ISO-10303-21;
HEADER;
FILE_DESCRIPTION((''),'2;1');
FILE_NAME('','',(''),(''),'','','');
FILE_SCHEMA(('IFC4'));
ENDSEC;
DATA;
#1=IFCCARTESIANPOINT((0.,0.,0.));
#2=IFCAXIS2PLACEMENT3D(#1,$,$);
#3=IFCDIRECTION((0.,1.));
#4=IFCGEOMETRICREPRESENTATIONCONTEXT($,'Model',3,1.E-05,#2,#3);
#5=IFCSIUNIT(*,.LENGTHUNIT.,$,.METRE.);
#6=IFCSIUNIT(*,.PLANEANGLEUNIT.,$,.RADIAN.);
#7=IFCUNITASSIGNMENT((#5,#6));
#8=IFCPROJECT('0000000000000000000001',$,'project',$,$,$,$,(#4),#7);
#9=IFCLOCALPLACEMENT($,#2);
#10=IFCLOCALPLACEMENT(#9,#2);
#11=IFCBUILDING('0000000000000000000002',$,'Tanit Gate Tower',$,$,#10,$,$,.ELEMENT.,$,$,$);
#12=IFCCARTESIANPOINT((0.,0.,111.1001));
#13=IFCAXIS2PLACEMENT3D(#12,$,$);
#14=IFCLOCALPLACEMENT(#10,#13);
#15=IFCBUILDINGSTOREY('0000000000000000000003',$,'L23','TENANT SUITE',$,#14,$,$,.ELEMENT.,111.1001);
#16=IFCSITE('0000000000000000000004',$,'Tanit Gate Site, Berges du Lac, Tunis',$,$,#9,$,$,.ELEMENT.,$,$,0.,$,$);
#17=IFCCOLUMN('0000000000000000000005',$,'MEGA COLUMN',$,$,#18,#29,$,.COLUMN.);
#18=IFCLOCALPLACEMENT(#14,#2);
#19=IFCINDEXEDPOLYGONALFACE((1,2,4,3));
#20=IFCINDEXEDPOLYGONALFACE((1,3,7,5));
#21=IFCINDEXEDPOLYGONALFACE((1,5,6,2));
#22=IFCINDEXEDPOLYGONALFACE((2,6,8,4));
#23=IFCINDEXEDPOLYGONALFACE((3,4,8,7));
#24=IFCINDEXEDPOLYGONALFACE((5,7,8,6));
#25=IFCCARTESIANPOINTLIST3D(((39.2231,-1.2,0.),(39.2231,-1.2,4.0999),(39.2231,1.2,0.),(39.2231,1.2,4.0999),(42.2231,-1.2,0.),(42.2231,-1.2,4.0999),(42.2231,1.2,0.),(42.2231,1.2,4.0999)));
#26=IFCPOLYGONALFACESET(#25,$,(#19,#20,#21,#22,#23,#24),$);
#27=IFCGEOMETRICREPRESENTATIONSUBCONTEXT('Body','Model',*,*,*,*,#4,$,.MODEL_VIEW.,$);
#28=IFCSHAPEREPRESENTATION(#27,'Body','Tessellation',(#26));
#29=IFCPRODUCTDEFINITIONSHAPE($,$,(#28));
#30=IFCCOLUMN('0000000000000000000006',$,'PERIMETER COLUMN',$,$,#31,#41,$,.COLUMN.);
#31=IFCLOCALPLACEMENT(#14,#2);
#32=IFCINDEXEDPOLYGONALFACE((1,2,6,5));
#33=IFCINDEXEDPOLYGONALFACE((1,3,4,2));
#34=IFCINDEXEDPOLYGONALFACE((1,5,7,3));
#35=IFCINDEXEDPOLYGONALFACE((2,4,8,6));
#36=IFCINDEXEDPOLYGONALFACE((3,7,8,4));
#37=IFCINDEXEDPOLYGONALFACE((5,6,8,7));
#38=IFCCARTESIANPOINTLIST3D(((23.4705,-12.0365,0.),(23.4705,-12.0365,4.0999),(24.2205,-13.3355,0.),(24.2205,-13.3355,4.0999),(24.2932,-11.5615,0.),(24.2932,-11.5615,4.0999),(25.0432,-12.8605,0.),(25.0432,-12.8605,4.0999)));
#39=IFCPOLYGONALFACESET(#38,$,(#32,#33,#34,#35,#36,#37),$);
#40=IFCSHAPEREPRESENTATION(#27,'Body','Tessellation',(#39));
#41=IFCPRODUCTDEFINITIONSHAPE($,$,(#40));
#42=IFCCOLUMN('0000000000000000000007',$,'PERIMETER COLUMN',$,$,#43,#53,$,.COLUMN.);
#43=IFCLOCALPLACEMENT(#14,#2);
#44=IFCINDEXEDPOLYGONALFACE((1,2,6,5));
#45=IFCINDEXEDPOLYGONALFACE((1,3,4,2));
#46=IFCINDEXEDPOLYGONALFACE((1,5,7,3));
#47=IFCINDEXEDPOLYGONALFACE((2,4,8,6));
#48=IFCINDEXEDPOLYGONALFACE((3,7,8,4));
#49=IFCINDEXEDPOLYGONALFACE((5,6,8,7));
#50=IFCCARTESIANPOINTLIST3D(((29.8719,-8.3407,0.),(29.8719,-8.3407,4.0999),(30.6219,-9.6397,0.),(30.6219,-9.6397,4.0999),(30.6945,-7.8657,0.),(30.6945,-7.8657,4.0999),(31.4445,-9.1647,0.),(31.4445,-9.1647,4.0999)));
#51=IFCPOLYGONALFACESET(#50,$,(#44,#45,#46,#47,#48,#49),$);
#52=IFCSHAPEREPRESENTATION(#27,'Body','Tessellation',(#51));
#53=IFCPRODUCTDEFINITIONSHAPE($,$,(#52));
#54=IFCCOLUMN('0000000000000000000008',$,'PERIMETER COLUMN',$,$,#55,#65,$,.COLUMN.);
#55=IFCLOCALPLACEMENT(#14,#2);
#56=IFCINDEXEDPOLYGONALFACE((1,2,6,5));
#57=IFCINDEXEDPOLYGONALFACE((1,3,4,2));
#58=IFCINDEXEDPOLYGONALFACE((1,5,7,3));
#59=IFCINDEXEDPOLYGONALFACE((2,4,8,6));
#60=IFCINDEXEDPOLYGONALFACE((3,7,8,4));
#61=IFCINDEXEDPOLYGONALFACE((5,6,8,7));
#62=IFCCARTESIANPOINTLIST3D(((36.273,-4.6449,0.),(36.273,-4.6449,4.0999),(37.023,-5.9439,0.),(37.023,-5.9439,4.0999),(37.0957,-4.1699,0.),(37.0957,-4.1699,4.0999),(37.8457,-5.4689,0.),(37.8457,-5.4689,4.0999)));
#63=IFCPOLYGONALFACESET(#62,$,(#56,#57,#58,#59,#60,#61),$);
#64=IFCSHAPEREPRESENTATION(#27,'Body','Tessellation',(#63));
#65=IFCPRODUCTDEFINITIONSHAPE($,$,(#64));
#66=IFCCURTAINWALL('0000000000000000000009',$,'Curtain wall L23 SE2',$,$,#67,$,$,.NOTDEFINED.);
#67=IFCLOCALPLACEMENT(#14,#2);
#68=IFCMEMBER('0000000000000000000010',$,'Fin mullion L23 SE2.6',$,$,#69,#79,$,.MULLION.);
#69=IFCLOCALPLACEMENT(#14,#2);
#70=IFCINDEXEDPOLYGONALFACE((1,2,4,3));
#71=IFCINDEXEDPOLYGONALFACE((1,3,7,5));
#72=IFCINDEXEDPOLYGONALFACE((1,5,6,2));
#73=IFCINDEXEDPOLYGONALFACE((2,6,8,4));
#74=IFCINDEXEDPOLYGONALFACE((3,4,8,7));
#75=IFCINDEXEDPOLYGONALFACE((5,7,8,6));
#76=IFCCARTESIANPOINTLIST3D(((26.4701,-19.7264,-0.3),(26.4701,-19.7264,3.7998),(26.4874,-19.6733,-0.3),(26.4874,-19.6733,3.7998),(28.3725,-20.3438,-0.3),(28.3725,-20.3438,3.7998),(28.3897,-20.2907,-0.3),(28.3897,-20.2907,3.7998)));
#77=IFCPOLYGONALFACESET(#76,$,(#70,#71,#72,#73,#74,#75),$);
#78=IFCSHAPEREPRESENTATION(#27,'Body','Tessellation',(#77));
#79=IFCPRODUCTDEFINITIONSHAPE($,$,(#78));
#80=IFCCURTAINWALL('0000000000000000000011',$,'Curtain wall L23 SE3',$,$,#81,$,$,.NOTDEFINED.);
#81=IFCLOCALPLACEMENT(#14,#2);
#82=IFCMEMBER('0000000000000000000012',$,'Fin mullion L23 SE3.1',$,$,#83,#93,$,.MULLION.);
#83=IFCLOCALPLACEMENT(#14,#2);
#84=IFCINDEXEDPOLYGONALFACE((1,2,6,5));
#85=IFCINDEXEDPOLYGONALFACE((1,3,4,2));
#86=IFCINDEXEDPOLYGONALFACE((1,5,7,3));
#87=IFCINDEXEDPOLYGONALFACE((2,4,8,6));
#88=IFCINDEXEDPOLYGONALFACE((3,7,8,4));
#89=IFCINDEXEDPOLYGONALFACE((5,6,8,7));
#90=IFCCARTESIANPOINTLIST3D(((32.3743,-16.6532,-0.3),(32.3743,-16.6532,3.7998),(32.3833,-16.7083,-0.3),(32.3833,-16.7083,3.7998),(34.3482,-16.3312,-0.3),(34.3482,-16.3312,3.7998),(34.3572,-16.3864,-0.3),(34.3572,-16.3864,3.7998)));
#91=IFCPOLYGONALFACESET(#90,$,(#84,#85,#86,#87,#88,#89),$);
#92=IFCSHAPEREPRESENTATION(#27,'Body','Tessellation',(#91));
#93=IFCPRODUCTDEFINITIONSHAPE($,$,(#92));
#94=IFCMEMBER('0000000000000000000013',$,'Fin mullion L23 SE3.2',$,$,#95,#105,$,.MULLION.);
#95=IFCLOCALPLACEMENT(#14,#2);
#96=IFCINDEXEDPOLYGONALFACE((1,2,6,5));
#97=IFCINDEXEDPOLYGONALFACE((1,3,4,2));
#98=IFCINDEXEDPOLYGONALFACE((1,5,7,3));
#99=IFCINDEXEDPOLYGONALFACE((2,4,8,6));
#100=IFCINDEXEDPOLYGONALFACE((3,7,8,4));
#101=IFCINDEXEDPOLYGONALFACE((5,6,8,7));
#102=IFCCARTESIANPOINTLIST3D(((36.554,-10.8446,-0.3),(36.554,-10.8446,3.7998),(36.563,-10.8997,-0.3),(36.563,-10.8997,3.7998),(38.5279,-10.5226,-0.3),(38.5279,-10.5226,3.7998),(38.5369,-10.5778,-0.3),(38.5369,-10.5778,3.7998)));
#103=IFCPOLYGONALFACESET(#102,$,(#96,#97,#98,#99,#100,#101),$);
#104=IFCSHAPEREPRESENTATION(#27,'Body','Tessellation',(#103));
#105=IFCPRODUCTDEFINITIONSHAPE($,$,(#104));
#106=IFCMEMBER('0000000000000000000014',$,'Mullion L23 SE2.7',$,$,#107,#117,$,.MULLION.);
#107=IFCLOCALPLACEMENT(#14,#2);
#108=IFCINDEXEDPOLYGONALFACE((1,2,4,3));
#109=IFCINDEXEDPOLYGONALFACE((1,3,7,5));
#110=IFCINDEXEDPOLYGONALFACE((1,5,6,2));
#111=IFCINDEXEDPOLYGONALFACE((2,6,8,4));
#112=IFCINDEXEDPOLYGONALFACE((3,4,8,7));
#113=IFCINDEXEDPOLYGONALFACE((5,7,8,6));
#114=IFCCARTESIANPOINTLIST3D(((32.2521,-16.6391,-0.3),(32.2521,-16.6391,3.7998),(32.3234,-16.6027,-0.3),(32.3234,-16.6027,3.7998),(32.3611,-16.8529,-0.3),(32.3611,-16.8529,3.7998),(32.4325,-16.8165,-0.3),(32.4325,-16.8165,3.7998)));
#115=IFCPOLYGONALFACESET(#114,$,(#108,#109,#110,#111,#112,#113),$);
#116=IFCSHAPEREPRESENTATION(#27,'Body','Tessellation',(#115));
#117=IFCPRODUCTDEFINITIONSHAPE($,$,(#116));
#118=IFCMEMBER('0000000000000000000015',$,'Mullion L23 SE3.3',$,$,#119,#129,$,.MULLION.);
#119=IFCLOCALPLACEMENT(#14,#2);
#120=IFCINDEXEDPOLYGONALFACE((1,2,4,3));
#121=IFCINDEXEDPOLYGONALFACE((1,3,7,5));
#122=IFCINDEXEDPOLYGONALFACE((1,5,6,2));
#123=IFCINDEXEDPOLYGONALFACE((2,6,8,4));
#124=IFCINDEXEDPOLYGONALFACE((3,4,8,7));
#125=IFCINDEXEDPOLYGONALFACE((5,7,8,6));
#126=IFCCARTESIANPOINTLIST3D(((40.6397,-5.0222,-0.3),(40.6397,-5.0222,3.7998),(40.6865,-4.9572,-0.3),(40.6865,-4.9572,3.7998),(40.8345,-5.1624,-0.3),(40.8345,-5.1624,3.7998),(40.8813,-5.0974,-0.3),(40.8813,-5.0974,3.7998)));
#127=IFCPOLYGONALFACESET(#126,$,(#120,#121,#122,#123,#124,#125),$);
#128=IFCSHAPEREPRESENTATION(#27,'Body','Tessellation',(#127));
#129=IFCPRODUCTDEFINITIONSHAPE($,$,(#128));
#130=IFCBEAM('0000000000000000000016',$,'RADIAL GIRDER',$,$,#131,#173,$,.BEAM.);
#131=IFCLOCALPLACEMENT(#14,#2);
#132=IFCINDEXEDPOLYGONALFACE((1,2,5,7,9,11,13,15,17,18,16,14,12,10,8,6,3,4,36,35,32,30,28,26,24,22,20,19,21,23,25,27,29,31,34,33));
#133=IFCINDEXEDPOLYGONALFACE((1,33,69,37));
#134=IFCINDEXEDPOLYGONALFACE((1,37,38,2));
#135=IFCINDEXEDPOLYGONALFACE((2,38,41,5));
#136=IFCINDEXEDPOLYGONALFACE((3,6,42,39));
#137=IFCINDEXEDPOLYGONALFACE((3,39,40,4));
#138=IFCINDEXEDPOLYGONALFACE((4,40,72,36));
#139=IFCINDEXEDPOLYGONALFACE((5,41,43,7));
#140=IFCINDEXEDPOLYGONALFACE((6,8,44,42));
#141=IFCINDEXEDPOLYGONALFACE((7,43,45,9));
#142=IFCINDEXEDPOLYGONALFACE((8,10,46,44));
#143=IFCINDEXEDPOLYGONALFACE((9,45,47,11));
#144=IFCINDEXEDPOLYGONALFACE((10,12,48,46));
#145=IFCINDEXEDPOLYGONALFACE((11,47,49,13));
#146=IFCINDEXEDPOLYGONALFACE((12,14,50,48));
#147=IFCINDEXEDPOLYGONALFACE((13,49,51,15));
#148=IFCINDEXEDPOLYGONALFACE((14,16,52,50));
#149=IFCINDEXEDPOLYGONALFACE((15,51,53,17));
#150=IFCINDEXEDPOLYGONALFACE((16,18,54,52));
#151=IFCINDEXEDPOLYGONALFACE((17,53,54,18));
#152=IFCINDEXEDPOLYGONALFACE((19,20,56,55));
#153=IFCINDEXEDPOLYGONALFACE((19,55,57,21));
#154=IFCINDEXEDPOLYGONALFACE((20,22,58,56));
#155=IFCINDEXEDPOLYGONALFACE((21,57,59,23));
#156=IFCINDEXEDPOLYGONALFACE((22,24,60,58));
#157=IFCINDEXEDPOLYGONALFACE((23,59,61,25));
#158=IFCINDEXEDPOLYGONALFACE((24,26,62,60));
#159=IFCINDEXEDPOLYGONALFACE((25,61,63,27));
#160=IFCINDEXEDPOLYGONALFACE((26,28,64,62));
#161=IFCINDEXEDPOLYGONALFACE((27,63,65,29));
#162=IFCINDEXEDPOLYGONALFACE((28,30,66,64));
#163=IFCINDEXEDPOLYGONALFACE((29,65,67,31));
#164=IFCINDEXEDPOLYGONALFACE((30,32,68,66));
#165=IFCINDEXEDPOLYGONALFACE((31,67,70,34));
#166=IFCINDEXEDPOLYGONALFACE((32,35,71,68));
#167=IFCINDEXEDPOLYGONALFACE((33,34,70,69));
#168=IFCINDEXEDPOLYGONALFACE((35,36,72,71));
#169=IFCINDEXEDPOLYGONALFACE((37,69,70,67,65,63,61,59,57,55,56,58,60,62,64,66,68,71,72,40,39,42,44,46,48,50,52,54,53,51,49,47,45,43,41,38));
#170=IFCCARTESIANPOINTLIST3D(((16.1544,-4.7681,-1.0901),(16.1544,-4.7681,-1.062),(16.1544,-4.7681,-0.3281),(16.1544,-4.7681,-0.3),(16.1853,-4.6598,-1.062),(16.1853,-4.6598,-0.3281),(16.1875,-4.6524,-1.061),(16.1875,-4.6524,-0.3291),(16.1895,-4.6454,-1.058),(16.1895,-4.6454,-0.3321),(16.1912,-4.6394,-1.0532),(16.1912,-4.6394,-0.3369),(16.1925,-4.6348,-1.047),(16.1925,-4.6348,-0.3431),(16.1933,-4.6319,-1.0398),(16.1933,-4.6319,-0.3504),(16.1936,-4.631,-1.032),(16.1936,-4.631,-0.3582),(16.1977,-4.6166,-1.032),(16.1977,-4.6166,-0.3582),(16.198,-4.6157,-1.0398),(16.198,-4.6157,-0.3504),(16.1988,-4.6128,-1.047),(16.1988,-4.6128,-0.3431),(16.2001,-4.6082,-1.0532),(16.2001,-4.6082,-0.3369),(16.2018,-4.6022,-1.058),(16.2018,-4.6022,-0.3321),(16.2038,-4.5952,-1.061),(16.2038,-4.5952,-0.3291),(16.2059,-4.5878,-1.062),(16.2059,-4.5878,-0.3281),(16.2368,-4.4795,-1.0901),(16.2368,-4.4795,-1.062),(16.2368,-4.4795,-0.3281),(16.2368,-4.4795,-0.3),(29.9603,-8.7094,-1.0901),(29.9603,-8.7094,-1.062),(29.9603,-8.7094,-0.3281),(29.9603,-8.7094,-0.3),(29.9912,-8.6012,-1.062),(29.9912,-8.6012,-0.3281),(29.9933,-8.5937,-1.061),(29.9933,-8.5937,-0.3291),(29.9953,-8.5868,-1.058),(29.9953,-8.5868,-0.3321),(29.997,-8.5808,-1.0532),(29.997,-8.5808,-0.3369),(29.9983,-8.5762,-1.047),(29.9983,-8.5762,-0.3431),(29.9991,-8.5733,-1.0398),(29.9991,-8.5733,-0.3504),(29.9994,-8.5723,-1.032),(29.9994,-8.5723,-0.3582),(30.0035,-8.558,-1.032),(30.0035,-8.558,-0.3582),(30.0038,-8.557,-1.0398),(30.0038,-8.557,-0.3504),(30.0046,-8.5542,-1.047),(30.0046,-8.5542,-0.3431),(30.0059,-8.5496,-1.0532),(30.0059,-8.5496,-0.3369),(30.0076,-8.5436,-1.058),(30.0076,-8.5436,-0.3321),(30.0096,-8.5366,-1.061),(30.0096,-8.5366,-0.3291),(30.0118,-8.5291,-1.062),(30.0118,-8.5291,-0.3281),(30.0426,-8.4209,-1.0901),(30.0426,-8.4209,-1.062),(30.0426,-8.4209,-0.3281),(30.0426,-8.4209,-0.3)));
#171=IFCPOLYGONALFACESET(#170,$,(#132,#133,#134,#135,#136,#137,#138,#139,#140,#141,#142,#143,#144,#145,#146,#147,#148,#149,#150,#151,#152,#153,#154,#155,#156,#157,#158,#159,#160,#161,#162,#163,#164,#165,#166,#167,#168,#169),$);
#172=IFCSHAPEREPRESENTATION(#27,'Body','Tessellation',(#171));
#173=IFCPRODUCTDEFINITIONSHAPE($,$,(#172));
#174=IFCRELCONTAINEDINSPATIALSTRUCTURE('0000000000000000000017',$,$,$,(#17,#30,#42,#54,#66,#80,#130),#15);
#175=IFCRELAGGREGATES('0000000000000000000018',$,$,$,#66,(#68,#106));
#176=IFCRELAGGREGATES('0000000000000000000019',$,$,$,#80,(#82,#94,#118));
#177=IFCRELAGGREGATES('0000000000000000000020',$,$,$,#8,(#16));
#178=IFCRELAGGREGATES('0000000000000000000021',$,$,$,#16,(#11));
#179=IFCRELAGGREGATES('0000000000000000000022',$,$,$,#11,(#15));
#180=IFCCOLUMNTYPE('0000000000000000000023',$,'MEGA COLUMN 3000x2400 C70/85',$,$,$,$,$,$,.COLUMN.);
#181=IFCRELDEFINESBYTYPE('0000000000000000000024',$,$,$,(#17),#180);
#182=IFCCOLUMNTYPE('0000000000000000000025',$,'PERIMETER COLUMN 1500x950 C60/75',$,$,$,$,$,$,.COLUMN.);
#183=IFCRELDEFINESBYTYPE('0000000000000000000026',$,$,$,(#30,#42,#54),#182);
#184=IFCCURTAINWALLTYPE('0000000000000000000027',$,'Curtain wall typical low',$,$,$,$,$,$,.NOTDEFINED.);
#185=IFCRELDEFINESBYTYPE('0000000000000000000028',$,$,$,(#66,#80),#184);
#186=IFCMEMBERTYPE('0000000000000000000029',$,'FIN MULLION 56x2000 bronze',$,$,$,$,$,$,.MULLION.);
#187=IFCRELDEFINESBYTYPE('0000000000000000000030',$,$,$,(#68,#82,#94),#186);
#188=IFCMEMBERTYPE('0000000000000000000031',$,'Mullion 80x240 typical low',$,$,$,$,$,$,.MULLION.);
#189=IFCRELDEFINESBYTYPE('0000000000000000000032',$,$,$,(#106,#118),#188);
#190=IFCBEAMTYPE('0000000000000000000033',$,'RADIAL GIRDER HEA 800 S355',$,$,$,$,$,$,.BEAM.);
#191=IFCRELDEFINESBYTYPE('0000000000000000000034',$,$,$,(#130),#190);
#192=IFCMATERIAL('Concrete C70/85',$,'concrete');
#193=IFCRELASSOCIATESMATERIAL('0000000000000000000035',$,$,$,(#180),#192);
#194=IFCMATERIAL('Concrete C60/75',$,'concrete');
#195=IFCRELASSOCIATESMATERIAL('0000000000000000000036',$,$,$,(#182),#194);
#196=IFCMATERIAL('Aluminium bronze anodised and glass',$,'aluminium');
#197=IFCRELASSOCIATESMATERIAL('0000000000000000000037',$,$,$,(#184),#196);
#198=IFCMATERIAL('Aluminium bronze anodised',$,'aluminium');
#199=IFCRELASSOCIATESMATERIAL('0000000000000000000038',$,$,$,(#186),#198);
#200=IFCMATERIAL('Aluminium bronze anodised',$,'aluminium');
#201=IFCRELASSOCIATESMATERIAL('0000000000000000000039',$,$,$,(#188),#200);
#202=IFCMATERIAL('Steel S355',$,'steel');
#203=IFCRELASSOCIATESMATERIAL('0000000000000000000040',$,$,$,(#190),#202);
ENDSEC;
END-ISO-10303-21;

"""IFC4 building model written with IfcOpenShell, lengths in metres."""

from ifc_helpers import new_model, si_unit, direction, frame, origin, origin_2d, place, context, subcontext, project, spatial, rectangle, i_section, extrude, material, material_profile, profile_set, type_object, element, aggregate, save


model = new_model("IFC4")

# Units and contexts
model_context = context("Model", 3, precision=1e-05, world=origin(), true_north=direction((0.0, 1.0)))
body_context = subcontext(model_context, "Body", "Model", "MODEL_VIEW")
ifc_project = project(units=[si_unit("LENGTHUNIT", "METRE"), si_unit("PLANEANGLEUNIT", "RADIAN")], contexts=[model_context])

# Site, building, storey
site_placement = place(None, origin())
site = spatial("IfcSite", under=ifc_project, at=site_placement, Name="Tanit Gate Site, Berges du Lac, Tunis", CompositionType="ELEMENT", RefElevation=0.0)
building_placement = place(site_placement, origin())
building = spatial("IfcBuilding", under=site, at=building_placement, Name="Tanit Gate Tower", CompositionType="ELEMENT")
storey_placement = place(building_placement, frame((0.0, 0.0, 111.1001)))
storey = spatial("IfcBuildingStorey", under=building, at=storey_placement, Name="L23", Description="TENANT SUITE", CompositionType="ELEMENT", Elevation=111.1001)

# Columns
ifc_material_1 = material(Name="Concrete C70/85", Category="concrete")
ifc_material_profile_1 = material_profile(ifc_material_1, rectangle(XDim=3.0, YDim=2.3999, at=origin_2d()), Name="RC 3000x2400")
ifc_profile_set_1 = profile_set([ifc_material_profile_1], Name="Concrete C70/85")
column_type_1 = type_object("IfcColumnType", Name="MEGA COLUMN 3000x2400 C70/85", PredefinedType="COLUMN", material=ifc_profile_set_1)
column_placement = place(storey_placement, frame((40.7231, 0.0, 0.0), z_axis=(0.0, 0.0, 1.0), x_axis=(1.0, 0.0, 0.0)))
element("IfcColumn", 1, at=column_placement, inside=storey, type_object=column_type_1, Name="MEGA COLUMN", PredefinedType="COLUMN", context=body_context, shape_type="SweptSolid", body=[
    extrude(rectangle(XDim=3.0, YDim=2.3999, at=origin_2d()), origin(), (0.0, 0.0, 1.0), 4.0999),
])
ifc_material_2 = material(Name="Concrete C60/75", Category="concrete")
ifc_material_profile_2 = material_profile(ifc_material_2, rectangle(XDim=1.5, YDim=0.95, at=origin_2d()), Name="RC 1500x950")
ifc_profile_set_2 = profile_set([ifc_material_profile_2], Name="Concrete C60/75")
column_type_2 = type_object("IfcColumnType", Name="PERIMETER COLUMN 1500x950 C60/75", PredefinedType="COLUMN", material=ifc_profile_set_2)
for number, where, z_axis, x_axis, name in (
    (2, (24.2568, -12.4485, 0.0), (0.0, 0.0, 1.0), (0.5, -0.866025, 0.0), "PERIMETER COLUMN"),
    (3, (30.6582, -8.7527, 0.0), (0.0, 0.0, 1.0), (0.5, -0.866025, 0.0), "PERIMETER COLUMN"),
    (4, (37.0593, -5.0569, 0.0), (0.0, 0.0, 1.0), (0.5, -0.866025, 0.0), "PERIMETER COLUMN"),
):
    element("IfcColumn", number, at=place(storey_placement, frame(where, z_axis=z_axis, x_axis=x_axis)), inside=storey, type_object=column_type_2, Name=name, PredefinedType="COLUMN", context=body_context, shape_type="SweptSolid", body=[
        extrude(rectangle(XDim=1.5, YDim=0.95, at=origin_2d()), origin(), (0.0, 0.0, 1.0), 4.0999),
    ])

# Curtain wall, member
ifc_material_3 = material(Name="Aluminium bronze anodised and glass", Category="aluminium")
curtain_wall_type = type_object("IfcCurtainWallType", Name="Curtain wall typical low", PredefinedType="NOTDEFINED", material=ifc_material_3)
curtain_wall_1_placement = place(storey_placement, origin())
curtain_wall_1 = element("IfcCurtainWall", 5, at=curtain_wall_1_placement, inside=storey, type_object=curtain_wall_type, Name="Curtain wall L23 SE2", PredefinedType="NOTDEFINED")
ifc_material_4 = material(Name="Aluminium bronze anodised", Category="aluminium")
ifc_material_profile_3 = material_profile(ifc_material_4, rectangle(XDim=2.0, YDim=0.0559, at=origin_2d()), Name="56x2000 bronze fin mullion")
ifc_profile_set_3 = profile_set([ifc_material_profile_3], Name="Aluminium bronze anodised")
member_type_1 = type_object("IfcMemberType", Name="FIN MULLION 56x2000 bronze", PredefinedType="MULLION", material=ifc_profile_set_3)
member_1_placement = place(storey_placement, frame((27.4299, -20.0085, -0.3), z_axis=(0.0, 0.0, 1.0), x_axis=(-0.95116, 0.3087, 0.0)))
member_1 = element("IfcMember", 6, at=member_1_placement, type_object=member_type_1, Name="Fin mullion L23 SE2.6", PredefinedType="MULLION", context=body_context, shape_type="SweptSolid", body=[
    extrude(rectangle(XDim=2.0, YDim=0.0559, at=origin_2d()), origin(), (0.0, 0.0, 1.0), 4.0999),
])

# Curtain wall, members
curtain_wall_2_placement = place(storey_placement, origin())
curtain_wall_2 = element("IfcCurtainWall", 7, at=curtain_wall_2_placement, inside=storey, type_object=curtain_wall_type, Name="Curtain wall L23 SE3", PredefinedType="NOTDEFINED")
member_2_placement = place(storey_placement, frame((33.3657, -16.5198, -0.3), z_axis=(0.0, 0.0, 1.0), x_axis=(-0.986959, -0.160969, 0.0)))
member_2 = element("IfcMember", 8, at=member_2_placement, type_object=member_type_1, Name="Fin mullion L23 SE3.1", PredefinedType="MULLION", context=body_context, shape_type="SweptSolid", body=[
    extrude(rectangle(XDim=2.0, YDim=0.0559, at=origin_2d()), origin(), (0.0, 0.0, 1.0), 4.0999),
])
member_3_placement = place(storey_placement, frame((37.5454, -10.7112, -0.3), z_axis=(0.0, 0.0, 1.0), x_axis=(-0.986959, -0.160969, 0.0)))
member_3 = element("IfcMember", 9, at=member_3_placement, type_object=member_type_1, Name="Fin mullion L23 SE3.2", PredefinedType="MULLION", context=body_context, shape_type="SweptSolid", body=[
    extrude(rectangle(XDim=2.0, YDim=0.0559, at=origin_2d()), origin(), (0.0, 0.0, 1.0), 4.0999),
])

# Members
ifc_material_5 = material(Name="Aluminium bronze anodised", Category="aluminium")
ifc_material_profile_4 = material_profile(ifc_material_5, rectangle(XDim=0.24, YDim=0.0801, at=origin_2d()), Name="80x240 bronze mullion")
ifc_profile_set_4 = profile_set([ifc_material_profile_4], Name="Aluminium bronze anodised")
member_type_2 = type_object("IfcMemberType", Name="Mullion 80x240 typical low", PredefinedType="MULLION", material=ifc_profile_set_4)
member_4_placement = place(storey_placement, frame((32.3423, -16.7278, -0.3), z_axis=(0.0, 0.0, 1.0), x_axis=(-0.454288, 0.890855, 0.0)))
member_4 = element("IfcMember", 10, at=member_4_placement, type_object=member_type_2, Name="Mullion L23 SE2.7", PredefinedType="MULLION", context=body_context, shape_type="SweptSolid", body=[
    extrude(rectangle(XDim=0.24, YDim=0.0801, at=origin_2d()), origin(), (0.0, 0.0, 1.0), 4.0999),
])
member_5_placement = place(storey_placement, frame((40.7605, -5.0598, -0.3), z_axis=(0.0, 0.0, 1.0), x_axis=(-0.811708, 0.584063, 0.0)))
member_5 = element("IfcMember", 11, at=member_5_placement, type_object=member_type_2, Name="Mullion L23 SE3.3", PredefinedType="MULLION", context=body_context, shape_type="SweptSolid", body=[
    extrude(rectangle(XDim=0.24, YDim=0.0801, at=origin_2d()), origin(), (0.0, 0.0, 1.0), 4.0999),
])

# Beam
ifc_material_6 = material(Name="Steel S355", Category="steel")
ifc_material_profile_5 = material_profile(ifc_material_6, i_section(OverallWidth=0.3, OverallDepth=0.79, WebThickness=0.0149, FlangeThickness=0.0281, FilletRadius=0.03, at=origin_2d()), Name="HEA 800")
ifc_profile_set_5 = profile_set([ifc_material_profile_5], Name="Steel S355")
beam_type_1 = type_object("IfcBeamType", Name="RADIAL GIRDER HEA 800 S355", PredefinedType="BEAM", material=ifc_profile_set_5)
beam_1_placement = place(storey_placement, frame((30.0015, -8.5652, -0.6951), z_axis=(-0.961582, 0.274519, 0.0), x_axis=(-0.274519, -0.961582, 0.0)))
element("IfcBeam", 12, at=beam_1_placement, inside=storey, type_object=beam_type_1, Name="RADIAL GIRDER", PredefinedType="BEAM", context=body_context, shape_type="SweptSolid", body=[
    extrude(i_section(OverallWidth=0.3, OverallDepth=0.79, WebThickness=0.0149, FlangeThickness=0.0281, FilletRadius=0.03, at=origin_2d()), origin(), (0.0, 0.0, 1.0), 14.3574),
])

aggregate(curtain_wall_1, [member_1, member_4])
aggregate(curtain_wall_2, [member_2, member_3, member_5])

save(model, "model.ifc")
